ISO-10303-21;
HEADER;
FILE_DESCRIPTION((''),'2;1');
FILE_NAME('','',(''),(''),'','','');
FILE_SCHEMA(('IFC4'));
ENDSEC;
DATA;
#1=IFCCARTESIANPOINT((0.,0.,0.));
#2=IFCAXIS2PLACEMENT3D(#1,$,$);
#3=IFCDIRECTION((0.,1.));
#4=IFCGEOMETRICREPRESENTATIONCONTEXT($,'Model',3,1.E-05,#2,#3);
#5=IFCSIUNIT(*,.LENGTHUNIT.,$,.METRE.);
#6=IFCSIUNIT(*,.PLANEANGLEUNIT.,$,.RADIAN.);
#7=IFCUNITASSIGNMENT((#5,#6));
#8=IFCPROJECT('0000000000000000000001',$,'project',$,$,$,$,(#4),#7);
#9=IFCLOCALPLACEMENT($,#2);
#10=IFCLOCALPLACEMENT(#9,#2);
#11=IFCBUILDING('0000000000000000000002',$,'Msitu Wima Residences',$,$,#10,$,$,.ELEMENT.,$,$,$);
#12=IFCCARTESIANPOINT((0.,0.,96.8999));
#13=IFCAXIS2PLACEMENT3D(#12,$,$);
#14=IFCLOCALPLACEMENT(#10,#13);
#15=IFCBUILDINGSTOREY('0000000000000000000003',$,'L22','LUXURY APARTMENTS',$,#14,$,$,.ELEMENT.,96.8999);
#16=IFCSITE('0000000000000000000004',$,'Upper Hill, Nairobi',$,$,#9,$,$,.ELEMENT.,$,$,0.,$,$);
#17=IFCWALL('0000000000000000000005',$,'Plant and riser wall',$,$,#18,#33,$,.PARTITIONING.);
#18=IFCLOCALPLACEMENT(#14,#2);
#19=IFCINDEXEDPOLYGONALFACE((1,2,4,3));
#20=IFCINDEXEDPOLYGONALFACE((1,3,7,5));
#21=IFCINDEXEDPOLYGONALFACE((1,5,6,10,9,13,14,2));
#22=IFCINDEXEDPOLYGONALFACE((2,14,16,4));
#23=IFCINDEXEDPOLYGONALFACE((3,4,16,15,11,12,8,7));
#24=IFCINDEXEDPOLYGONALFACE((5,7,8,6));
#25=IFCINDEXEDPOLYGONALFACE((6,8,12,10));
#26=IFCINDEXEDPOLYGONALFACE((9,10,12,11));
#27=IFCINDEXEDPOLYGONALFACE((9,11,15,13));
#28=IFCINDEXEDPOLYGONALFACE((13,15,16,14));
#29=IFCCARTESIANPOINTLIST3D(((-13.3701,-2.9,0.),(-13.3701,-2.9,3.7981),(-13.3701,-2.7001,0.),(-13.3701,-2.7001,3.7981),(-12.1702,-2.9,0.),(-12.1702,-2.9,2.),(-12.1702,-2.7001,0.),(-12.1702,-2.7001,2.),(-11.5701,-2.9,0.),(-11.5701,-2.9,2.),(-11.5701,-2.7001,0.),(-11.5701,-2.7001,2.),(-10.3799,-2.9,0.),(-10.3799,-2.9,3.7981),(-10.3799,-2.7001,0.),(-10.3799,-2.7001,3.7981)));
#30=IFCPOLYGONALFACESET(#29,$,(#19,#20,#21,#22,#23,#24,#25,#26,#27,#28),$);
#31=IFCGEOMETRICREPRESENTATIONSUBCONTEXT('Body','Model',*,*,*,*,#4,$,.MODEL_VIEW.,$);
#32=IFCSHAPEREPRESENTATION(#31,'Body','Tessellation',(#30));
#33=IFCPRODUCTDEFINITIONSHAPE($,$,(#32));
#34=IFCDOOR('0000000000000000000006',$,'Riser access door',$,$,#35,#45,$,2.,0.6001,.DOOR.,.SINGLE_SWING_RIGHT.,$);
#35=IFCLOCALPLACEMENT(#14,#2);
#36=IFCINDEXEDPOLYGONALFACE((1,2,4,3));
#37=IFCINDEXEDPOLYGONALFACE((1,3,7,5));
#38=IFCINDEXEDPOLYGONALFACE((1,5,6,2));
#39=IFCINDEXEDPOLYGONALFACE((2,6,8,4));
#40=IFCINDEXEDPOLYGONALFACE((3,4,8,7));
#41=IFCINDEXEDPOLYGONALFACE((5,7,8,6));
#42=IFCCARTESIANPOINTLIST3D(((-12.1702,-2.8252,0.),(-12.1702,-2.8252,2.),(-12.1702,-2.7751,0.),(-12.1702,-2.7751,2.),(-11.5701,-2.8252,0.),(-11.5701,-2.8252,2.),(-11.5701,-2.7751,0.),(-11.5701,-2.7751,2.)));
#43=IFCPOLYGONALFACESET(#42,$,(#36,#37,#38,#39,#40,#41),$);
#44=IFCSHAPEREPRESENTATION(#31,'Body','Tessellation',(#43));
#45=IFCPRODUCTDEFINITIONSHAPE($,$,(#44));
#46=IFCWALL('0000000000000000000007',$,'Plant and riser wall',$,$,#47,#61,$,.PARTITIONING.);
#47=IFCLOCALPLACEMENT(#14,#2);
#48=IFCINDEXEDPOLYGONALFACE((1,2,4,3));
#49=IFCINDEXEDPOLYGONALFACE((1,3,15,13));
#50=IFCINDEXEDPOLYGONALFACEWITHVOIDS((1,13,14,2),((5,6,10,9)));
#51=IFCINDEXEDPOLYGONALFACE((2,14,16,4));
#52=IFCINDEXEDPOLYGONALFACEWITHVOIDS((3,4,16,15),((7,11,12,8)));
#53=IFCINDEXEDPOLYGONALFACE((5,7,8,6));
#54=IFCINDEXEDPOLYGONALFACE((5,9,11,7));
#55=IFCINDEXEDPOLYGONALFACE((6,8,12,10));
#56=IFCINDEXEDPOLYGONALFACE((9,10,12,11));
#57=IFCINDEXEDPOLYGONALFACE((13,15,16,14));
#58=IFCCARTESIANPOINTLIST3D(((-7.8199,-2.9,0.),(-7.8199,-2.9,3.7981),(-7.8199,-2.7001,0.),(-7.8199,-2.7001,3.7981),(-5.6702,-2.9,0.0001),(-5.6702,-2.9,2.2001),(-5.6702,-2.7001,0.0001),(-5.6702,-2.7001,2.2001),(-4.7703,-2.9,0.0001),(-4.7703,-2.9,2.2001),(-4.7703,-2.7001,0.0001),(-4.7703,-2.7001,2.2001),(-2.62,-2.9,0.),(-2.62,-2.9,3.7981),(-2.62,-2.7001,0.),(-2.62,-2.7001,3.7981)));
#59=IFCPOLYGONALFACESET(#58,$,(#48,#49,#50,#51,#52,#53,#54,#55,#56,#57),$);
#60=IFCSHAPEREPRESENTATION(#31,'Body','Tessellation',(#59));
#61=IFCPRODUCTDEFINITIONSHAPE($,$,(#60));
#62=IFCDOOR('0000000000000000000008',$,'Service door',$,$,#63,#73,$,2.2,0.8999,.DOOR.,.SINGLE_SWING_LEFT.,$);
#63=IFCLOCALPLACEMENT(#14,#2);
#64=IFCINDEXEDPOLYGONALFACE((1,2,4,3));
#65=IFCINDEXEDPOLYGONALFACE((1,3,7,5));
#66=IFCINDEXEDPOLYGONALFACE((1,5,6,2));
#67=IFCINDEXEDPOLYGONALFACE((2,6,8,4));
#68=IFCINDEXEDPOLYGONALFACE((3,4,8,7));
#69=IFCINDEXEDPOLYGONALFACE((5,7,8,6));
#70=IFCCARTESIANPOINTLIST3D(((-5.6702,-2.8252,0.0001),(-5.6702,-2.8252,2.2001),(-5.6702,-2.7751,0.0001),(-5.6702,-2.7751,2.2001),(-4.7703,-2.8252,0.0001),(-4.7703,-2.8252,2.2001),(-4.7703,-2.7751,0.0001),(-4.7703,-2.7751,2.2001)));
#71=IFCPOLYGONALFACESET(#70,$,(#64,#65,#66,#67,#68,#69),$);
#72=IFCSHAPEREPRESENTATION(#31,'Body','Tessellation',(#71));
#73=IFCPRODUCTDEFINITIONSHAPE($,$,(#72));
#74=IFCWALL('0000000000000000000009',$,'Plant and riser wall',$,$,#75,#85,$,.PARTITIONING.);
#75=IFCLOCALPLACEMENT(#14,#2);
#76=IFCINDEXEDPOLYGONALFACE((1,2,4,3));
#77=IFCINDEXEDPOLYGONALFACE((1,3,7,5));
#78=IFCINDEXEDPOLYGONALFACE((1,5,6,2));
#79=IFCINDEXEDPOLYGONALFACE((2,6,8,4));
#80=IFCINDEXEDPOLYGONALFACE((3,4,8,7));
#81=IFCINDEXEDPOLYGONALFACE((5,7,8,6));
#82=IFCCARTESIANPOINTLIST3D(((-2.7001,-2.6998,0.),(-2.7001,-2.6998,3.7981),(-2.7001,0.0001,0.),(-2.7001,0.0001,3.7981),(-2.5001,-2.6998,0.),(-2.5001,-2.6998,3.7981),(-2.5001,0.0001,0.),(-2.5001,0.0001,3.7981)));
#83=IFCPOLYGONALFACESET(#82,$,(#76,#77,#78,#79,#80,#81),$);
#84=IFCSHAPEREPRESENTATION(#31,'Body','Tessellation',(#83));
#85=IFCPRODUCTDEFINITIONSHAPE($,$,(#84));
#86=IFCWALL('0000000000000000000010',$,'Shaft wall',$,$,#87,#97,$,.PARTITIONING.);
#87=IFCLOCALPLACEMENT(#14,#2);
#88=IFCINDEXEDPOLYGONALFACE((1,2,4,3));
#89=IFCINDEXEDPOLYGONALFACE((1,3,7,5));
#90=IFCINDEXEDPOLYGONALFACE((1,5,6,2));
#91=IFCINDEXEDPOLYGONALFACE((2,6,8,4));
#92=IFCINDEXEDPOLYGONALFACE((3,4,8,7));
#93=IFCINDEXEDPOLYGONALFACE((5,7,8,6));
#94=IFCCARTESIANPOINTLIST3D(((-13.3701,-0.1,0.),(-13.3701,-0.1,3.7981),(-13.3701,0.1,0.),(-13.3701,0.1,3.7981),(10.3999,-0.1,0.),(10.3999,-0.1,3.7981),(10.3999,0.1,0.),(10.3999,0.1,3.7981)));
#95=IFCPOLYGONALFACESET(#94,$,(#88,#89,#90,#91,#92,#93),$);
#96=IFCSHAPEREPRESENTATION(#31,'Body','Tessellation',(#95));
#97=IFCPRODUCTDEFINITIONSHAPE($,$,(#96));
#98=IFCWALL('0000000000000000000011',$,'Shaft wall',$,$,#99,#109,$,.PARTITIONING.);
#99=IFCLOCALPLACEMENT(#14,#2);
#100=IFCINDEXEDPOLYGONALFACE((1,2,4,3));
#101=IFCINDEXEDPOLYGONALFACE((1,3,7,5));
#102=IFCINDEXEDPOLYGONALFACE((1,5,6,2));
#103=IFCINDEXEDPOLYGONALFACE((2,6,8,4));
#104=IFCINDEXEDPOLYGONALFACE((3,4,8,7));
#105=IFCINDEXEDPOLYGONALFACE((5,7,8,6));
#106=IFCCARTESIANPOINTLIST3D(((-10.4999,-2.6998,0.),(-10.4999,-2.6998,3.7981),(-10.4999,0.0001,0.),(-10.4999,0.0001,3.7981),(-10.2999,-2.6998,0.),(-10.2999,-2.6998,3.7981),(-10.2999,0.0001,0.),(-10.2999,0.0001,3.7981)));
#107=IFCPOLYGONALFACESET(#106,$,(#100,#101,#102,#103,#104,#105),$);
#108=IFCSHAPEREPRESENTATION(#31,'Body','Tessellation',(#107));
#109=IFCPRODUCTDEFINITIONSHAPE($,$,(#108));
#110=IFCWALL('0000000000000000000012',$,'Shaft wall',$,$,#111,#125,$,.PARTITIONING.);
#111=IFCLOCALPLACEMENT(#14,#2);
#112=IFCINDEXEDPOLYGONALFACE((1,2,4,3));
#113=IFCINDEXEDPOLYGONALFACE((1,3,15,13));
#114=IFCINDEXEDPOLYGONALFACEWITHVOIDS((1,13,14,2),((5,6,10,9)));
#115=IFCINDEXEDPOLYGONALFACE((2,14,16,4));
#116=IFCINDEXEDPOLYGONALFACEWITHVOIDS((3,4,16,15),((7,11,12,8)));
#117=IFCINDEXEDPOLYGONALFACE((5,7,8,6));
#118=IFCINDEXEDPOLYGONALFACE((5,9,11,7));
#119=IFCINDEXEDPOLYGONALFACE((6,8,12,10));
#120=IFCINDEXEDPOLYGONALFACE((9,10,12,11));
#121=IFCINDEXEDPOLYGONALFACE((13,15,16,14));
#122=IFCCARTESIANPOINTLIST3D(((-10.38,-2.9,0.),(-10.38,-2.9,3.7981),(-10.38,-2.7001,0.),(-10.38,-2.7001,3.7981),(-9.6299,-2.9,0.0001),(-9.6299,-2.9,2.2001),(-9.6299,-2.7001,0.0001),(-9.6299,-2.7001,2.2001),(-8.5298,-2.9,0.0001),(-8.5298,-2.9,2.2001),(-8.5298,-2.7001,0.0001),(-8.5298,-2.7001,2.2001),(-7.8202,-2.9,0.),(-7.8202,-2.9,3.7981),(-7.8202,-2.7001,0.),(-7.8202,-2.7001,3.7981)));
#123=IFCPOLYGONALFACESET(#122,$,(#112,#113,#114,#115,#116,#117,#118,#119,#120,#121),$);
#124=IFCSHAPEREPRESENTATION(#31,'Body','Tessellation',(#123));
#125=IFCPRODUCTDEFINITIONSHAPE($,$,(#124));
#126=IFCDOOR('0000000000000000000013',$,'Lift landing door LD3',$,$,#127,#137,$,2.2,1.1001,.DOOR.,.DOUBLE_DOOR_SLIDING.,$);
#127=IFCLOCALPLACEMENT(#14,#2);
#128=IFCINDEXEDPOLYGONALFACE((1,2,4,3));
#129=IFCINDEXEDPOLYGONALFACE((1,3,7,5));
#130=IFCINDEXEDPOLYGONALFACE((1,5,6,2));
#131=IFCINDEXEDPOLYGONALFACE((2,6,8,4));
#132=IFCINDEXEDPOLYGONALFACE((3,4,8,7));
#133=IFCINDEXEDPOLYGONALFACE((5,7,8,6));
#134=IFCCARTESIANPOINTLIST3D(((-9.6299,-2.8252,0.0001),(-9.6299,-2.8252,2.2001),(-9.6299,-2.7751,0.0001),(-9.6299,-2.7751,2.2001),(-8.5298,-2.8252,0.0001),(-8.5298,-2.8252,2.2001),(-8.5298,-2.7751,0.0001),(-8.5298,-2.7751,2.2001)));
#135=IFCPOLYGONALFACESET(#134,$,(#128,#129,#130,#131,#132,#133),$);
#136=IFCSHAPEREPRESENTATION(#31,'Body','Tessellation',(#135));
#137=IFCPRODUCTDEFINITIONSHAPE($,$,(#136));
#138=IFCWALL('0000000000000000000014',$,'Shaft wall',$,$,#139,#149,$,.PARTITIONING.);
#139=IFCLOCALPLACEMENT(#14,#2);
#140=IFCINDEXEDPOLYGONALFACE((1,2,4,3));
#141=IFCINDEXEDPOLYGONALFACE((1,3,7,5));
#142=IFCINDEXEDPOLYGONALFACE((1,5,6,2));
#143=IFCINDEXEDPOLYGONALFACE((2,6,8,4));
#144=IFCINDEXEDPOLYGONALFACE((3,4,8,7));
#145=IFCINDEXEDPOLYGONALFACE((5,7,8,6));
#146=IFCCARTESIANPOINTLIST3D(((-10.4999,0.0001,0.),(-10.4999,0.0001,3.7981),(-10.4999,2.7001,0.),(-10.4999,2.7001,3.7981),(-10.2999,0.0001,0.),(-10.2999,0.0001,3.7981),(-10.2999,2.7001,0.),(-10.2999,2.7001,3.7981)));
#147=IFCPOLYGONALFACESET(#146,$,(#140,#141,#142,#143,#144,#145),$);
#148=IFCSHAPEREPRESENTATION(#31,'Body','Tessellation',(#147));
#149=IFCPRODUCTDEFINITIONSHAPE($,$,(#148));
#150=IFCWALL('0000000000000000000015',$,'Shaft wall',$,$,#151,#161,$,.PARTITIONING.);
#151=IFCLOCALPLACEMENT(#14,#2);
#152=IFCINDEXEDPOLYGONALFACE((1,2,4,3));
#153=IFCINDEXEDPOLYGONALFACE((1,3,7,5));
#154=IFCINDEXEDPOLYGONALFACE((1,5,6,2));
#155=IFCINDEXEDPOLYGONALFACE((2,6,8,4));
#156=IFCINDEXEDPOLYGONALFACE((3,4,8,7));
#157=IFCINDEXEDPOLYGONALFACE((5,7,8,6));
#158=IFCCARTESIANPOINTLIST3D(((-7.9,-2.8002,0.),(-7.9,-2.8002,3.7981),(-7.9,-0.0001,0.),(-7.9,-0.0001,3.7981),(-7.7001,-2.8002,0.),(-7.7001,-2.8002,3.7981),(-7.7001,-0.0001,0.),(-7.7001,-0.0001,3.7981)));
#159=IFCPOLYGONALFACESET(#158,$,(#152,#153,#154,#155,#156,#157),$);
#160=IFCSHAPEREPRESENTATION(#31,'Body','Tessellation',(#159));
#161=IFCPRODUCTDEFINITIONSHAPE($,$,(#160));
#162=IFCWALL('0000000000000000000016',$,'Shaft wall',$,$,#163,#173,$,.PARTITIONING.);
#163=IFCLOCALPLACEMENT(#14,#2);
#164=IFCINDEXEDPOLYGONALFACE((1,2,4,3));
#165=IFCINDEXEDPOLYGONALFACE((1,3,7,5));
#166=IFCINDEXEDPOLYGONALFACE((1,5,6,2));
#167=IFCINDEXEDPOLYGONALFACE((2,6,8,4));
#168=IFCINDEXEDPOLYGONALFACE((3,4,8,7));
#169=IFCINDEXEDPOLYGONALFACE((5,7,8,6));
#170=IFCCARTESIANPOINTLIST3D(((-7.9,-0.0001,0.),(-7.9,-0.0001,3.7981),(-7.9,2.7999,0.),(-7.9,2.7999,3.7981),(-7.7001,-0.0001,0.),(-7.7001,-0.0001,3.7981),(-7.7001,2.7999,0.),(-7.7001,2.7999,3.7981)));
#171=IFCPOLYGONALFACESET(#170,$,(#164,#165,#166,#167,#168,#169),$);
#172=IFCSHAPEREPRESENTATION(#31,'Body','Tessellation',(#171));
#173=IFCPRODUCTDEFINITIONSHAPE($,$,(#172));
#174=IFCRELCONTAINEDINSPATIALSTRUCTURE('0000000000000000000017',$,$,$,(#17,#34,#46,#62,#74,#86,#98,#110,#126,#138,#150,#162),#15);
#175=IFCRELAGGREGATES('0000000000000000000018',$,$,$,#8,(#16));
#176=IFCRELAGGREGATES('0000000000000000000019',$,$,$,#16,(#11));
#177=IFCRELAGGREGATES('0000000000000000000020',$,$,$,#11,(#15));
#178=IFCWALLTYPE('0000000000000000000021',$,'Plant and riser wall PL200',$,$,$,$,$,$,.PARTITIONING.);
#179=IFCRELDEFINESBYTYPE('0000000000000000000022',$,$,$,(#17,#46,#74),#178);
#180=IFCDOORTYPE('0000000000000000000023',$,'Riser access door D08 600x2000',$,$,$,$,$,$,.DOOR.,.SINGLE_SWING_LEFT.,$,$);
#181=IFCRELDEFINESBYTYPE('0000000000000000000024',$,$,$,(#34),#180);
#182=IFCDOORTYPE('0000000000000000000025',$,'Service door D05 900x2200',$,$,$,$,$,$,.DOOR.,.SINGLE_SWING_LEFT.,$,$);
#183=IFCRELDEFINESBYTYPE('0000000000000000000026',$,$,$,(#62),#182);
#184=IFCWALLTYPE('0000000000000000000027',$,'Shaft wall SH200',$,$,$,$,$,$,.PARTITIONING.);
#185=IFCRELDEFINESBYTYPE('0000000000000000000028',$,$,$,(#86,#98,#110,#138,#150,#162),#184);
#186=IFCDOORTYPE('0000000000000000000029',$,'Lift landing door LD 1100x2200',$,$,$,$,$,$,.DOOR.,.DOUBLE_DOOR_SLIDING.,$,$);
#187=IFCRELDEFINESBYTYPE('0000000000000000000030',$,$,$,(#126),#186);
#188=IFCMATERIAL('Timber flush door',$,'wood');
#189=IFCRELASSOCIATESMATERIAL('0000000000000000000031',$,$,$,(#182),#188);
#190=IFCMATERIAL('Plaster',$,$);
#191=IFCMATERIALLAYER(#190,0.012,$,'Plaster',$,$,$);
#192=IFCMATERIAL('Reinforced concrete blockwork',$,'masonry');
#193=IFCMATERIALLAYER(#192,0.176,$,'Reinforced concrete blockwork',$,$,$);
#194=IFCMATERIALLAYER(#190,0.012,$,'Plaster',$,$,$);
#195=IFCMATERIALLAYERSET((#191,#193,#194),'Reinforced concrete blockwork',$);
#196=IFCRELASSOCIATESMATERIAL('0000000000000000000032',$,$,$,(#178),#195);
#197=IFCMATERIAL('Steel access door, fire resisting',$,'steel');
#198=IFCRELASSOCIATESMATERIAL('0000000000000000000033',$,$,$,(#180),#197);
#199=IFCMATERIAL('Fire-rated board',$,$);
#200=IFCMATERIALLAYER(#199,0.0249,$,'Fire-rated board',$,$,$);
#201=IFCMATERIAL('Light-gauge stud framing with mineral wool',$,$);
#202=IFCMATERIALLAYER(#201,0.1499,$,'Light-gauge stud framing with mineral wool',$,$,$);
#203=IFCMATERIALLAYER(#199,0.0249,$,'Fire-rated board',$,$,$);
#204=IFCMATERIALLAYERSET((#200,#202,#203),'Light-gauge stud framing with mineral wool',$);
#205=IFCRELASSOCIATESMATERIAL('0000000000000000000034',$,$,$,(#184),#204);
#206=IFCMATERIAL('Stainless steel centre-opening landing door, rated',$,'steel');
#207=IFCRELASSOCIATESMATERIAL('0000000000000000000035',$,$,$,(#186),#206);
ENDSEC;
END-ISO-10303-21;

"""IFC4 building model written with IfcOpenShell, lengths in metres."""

from ifc_helpers import new_model, si_unit, direction, frame, frame_2d, origin, place, context, subcontext, project, spatial, rectangle, extrude, material, layer, layer_set, type_object, element, fill, save


model = new_model("IFC4")

# Units and contexts
model_context = context("Model", 3, precision=1e-05, world=origin(), true_north=direction((0.0, 1.0)))
body_context = subcontext(model_context, "Body", "Model", "MODEL_VIEW")
ifc_project = project(units=[si_unit("LENGTHUNIT", "METRE"), si_unit("PLANEANGLEUNIT", "RADIAN")], contexts=[model_context])

# Site, building, storey
site_placement = place(None, origin())
site = spatial("IfcSite", under=ifc_project, at=site_placement, Name="Upper Hill, Nairobi", CompositionType="ELEMENT", RefElevation=0.0)
building_placement = place(site_placement, origin())
building = spatial("IfcBuilding", under=site, at=building_placement, Name="Msitu Wima Residences", CompositionType="ELEMENT")
storey_placement = place(building_placement, frame((0.0, 0.0, 96.8999)))
storey = spatial("IfcBuildingStorey", under=building, at=storey_placement, Name="L22", Description="LUXURY APARTMENTS", CompositionType="ELEMENT", Elevation=96.8999)

# Shared definitions
ifc_material_1 = material(Name="Plaster")
ifc_material_2 = material(Name="Timber flush door", Category="wood")
door_type_1 = type_object("IfcDoorType", Name="Service door D05 900x2200", OperationType="SINGLE_SWING_LEFT", PredefinedType="DOOR", material=ifc_material_2)

# Walls, openings, doors
ifc_layer_1 = layer(ifc_material_1, 0.012, Name="Plaster")
ifc_material_3 = material(Name="Reinforced concrete blockwork", Category="masonry")
ifc_layer_2 = layer(ifc_material_3, 0.176, Name="Reinforced concrete blockwork")
ifc_layer_3 = layer(ifc_material_1, 0.012, Name="Plaster")
ifc_layer_set_1 = layer_set([ifc_layer_1, ifc_layer_2, ifc_layer_3], Name="Reinforced concrete blockwork")
wall_type_1 = type_object("IfcWallType", Name="Plant and riser wall PL200", PredefinedType="PARTITIONING", material=ifc_layer_set_1)
wall_1_placement = place(storey_placement, frame((-13.3701, -2.8, 0.0), z_axis=(0.0, 0.0, 1.0), x_axis=(1.0, 0.0, 0.0)))
wall_1 = element("IfcWall", 1, at=wall_1_placement, inside=storey, type_object=wall_type_1, Name="Plant and riser wall", PredefinedType="PARTITIONING", context=body_context, shape_type="SweptSolid", body=[
    extrude(rectangle(XDim=2.9902, YDim=0.2, at=frame_2d((1.4951, 0.0))), origin(), (0.0, 0.0, 1.0), 3.7981),
])
opening_1_placement = place(wall_1_placement, frame((1.2, 0.0, 0.0)))
opening_1 = element("IfcOpeningElement", 2, at=opening_1_placement, cuts=wall_1, PredefinedType="OPENING", context=body_context, shape_type="SweptSolid", body=[
    extrude(rectangle(XDim=0.6001, YDim=2.0, at=frame_2d((0.3, 1.0))), frame((0.0, 0.1099, 0.0), z_axis=(0.0, -1.0, 0.0), x_axis=(1.0, 0.0, 0.0)), (0.0, 0.0, 1.0), 0.22),
])
ifc_material_4 = material(Name="Steel access door, fire resisting", Category="steel")
door_type_2 = type_object("IfcDoorType", Name="Riser access door D08 600x2000", OperationType="SINGLE_SWING_LEFT", PredefinedType="DOOR", material=ifc_material_4)
door_1_placement = place(opening_1_placement, origin())
door_1 = element("IfcDoor", 3, at=door_1_placement, inside=storey, type_object=door_type_2, Name="Riser access door", OperationType="SINGLE_SWING_RIGHT", OverallHeight=2.0, OverallWidth=0.6001, PredefinedType="DOOR", context=body_context, shape_type="SweptSolid", body=[
    extrude(rectangle(XDim=0.6001, YDim=2.0, at=frame_2d((0.3, 1.0))), frame((0.0, 0.0249, 0.0), z_axis=(0.0, -1.0, 0.0), x_axis=(1.0, 0.0, 0.0)), (0.0, 0.0, 1.0), 0.05),
])
fill(opening_1, door_1)
wall_2_placement = place(storey_placement, frame((-7.8201, -2.8, 0.0), z_axis=(0.0, 0.0, 1.0), x_axis=(1.0, 0.0, 0.0)))
wall_2 = element("IfcWall", 4, at=wall_2_placement, inside=storey, type_object=wall_type_1, Name="Plant and riser wall", PredefinedType="PARTITIONING", context=body_context, shape_type="SweptSolid", body=[
    extrude(rectangle(XDim=5.2, YDim=0.2, at=frame_2d((2.6001, 0.0))), origin(), (0.0, 0.0, 1.0), 3.7981),
])
opening_2_placement = place(wall_2_placement, frame((2.1499, 0.0, 0.0)))
opening_2 = element("IfcOpeningElement", 5, at=opening_2_placement, cuts=wall_2, PredefinedType="OPENING", context=body_context, shape_type="SweptSolid", body=[
    extrude(rectangle(XDim=0.8999, YDim=2.2, at=frame_2d((0.45, 1.1001))), frame((0.0, 0.1099, 0.0), z_axis=(0.0, -1.0, 0.0), x_axis=(1.0, 0.0, 0.0)), (0.0, 0.0, 1.0), 0.22),
])
door_2_placement = place(opening_2_placement, origin())
door_2 = element("IfcDoor", 6, at=door_2_placement, inside=storey, type_object=door_type_1, Name="Service door", OperationType="SINGLE_SWING_LEFT", OverallHeight=2.2, OverallWidth=0.8999, PredefinedType="DOOR", context=body_context, shape_type="SweptSolid", body=[
    extrude(rectangle(XDim=0.8999, YDim=2.2, at=frame_2d((0.45, 1.1001))), frame((0.0, 0.0249, 0.0), z_axis=(0.0, -1.0, 0.0), x_axis=(1.0, 0.0, 0.0)), (0.0, 0.0, 1.0), 0.05),
])
fill(opening_2, door_2)

# Walls
wall_3_placement = place(storey_placement, frame((-2.6001, -2.7, 0.0), z_axis=(0.0, 0.0, 1.0), x_axis=(0.0, 1.0, 0.0)))
element("IfcWall", 7, at=wall_3_placement, inside=storey, type_object=wall_type_1, Name="Plant and riser wall", PredefinedType="PARTITIONING", context=body_context, shape_type="SweptSolid", body=[
    extrude(rectangle(XDim=2.7, YDim=0.2, at=frame_2d((1.3501, 0.0))), origin(), (0.0, 0.0, 1.0), 3.7981),
])
ifc_material_5 = material(Name="Fire-rated board")
ifc_layer_4 = layer(ifc_material_5, 0.0249, Name="Fire-rated board")
ifc_material_6 = material(Name="Light-gauge stud framing with mineral wool")
ifc_layer_5 = layer(ifc_material_6, 0.1499, Name="Light-gauge stud framing with mineral wool")
ifc_layer_6 = layer(ifc_material_5, 0.0249, Name="Fire-rated board")
ifc_layer_set_2 = layer_set([ifc_layer_4, ifc_layer_5, ifc_layer_6], Name="Light-gauge stud framing with mineral wool")
wall_type_2 = type_object("IfcWallType", Name="Shaft wall SH200", PredefinedType="PARTITIONING", material=ifc_layer_set_2)
wall_4_placement = place(storey_placement, frame((-13.3701, 0.0, 0.0), z_axis=(0.0, 0.0, 1.0), x_axis=(1.0, 0.0, 0.0)))
element("IfcWall", 8, at=wall_4_placement, inside=storey, type_object=wall_type_2, Name="Shaft wall", PredefinedType="PARTITIONING", context=body_context, shape_type="SweptSolid", body=[
    extrude(rectangle(XDim=23.77, YDim=0.2, at=frame_2d((11.885, 0.0))), origin(), (0.0, 0.0, 1.0), 3.7981),
])
wall_5_placement = place(storey_placement, frame((-10.3999, -2.7, 0.0), z_axis=(0.0, 0.0, 1.0), x_axis=(0.0, 1.0, 0.0)))
element("IfcWall", 9, at=wall_5_placement, inside=storey, type_object=wall_type_2, Name="Shaft wall", PredefinedType="PARTITIONING", context=body_context, shape_type="SweptSolid", body=[
    extrude(rectangle(XDim=2.7, YDim=0.2, at=frame_2d((1.3501, 0.0))), origin(), (0.0, 0.0, 1.0), 3.7981),
])

# Wall, opening, door
wall_6_placement = place(storey_placement, frame((-10.3799, -2.8, 0.0), z_axis=(0.0, 0.0, 1.0), x_axis=(1.0, 0.0, 0.0)))
wall_6 = element("IfcWall", 10, at=wall_6_placement, inside=storey, type_object=wall_type_2, Name="Shaft wall", PredefinedType="PARTITIONING", context=body_context, shape_type="SweptSolid", body=[
    extrude(rectangle(XDim=2.5598, YDim=0.2, at=frame_2d((1.2798, 0.0))), origin(), (0.0, 0.0, 1.0), 3.7981),
])
opening_3_placement = place(wall_6_placement, frame((0.75, 0.0, 0.0)))
opening_3 = element("IfcOpeningElement", 11, at=opening_3_placement, cuts=wall_6, PredefinedType="OPENING", context=body_context, shape_type="SweptSolid", body=[
    extrude(rectangle(XDim=1.1001, YDim=2.2, at=frame_2d((0.55, 1.1001))), frame((0.0, 0.1099, 0.0), z_axis=(0.0, -1.0, 0.0), x_axis=(1.0, 0.0, 0.0)), (0.0, 0.0, 1.0), 0.22),
])
ifc_material_7 = material(Name="Stainless steel centre-opening landing door, rated", Category="steel")
door_type_3 = type_object("IfcDoorType", Name="Lift landing door LD 1100x2200", OperationType="DOUBLE_DOOR_SLIDING", PredefinedType="DOOR", material=ifc_material_7)
door_3_placement = place(opening_3_placement, origin())
door_3 = element("IfcDoor", 12, at=door_3_placement, inside=storey, type_object=door_type_3, Name="Lift landing door LD3", OperationType="DOUBLE_DOOR_SLIDING", OverallHeight=2.2, OverallWidth=1.1001, PredefinedType="DOOR", context=body_context, shape_type="SweptSolid", body=[
    extrude(rectangle(XDim=1.1001, YDim=2.2, at=frame_2d((0.55, 1.1001))), frame((0.0, 0.0249, 0.0), z_axis=(0.0, -1.0, 0.0), x_axis=(1.0, 0.0, 0.0)), (0.0, 0.0, 1.0), 0.05),
])
fill(opening_3, door_3)

# Walls
wall_7_placement = place(storey_placement, frame((-10.3999, 0.0, 0.0), z_axis=(0.0, 0.0, 1.0), x_axis=(0.0, 1.0, 0.0)))
element("IfcWall", 13, at=wall_7_placement, inside=storey, type_object=wall_type_2, Name="Shaft wall", PredefinedType="PARTITIONING", context=body_context, shape_type="SweptSolid", body=[
    extrude(rectangle(XDim=2.7, YDim=0.2, at=frame_2d((1.3501, 0.0))), origin(), (0.0, 0.0, 1.0), 3.7981),
])
for number, where, z_axis, x_axis, name in (
    (14, (-7.8, -2.8, 0.0), (0.0, 0.0, 1.0), (0.0, 1.0, 0.0), "Shaft wall"),
    (15, (-7.8, 0.0, 0.0), (0.0, 0.0, 1.0), (0.0, 1.0, 0.0), "Shaft wall"),
):
    element("IfcWall", number, at=place(storey_placement, frame(where, z_axis=z_axis, x_axis=x_axis)), inside=storey, type_object=wall_type_2, Name=name, PredefinedType="PARTITIONING", context=body_context, shape_type="SweptSolid", body=[
        extrude(rectangle(XDim=2.8, YDim=0.2, at=frame_2d((1.3999, 0.0))), origin(), (0.0, 0.0, 1.0), 3.7981),
    ])

save(model, "model.ifc")
